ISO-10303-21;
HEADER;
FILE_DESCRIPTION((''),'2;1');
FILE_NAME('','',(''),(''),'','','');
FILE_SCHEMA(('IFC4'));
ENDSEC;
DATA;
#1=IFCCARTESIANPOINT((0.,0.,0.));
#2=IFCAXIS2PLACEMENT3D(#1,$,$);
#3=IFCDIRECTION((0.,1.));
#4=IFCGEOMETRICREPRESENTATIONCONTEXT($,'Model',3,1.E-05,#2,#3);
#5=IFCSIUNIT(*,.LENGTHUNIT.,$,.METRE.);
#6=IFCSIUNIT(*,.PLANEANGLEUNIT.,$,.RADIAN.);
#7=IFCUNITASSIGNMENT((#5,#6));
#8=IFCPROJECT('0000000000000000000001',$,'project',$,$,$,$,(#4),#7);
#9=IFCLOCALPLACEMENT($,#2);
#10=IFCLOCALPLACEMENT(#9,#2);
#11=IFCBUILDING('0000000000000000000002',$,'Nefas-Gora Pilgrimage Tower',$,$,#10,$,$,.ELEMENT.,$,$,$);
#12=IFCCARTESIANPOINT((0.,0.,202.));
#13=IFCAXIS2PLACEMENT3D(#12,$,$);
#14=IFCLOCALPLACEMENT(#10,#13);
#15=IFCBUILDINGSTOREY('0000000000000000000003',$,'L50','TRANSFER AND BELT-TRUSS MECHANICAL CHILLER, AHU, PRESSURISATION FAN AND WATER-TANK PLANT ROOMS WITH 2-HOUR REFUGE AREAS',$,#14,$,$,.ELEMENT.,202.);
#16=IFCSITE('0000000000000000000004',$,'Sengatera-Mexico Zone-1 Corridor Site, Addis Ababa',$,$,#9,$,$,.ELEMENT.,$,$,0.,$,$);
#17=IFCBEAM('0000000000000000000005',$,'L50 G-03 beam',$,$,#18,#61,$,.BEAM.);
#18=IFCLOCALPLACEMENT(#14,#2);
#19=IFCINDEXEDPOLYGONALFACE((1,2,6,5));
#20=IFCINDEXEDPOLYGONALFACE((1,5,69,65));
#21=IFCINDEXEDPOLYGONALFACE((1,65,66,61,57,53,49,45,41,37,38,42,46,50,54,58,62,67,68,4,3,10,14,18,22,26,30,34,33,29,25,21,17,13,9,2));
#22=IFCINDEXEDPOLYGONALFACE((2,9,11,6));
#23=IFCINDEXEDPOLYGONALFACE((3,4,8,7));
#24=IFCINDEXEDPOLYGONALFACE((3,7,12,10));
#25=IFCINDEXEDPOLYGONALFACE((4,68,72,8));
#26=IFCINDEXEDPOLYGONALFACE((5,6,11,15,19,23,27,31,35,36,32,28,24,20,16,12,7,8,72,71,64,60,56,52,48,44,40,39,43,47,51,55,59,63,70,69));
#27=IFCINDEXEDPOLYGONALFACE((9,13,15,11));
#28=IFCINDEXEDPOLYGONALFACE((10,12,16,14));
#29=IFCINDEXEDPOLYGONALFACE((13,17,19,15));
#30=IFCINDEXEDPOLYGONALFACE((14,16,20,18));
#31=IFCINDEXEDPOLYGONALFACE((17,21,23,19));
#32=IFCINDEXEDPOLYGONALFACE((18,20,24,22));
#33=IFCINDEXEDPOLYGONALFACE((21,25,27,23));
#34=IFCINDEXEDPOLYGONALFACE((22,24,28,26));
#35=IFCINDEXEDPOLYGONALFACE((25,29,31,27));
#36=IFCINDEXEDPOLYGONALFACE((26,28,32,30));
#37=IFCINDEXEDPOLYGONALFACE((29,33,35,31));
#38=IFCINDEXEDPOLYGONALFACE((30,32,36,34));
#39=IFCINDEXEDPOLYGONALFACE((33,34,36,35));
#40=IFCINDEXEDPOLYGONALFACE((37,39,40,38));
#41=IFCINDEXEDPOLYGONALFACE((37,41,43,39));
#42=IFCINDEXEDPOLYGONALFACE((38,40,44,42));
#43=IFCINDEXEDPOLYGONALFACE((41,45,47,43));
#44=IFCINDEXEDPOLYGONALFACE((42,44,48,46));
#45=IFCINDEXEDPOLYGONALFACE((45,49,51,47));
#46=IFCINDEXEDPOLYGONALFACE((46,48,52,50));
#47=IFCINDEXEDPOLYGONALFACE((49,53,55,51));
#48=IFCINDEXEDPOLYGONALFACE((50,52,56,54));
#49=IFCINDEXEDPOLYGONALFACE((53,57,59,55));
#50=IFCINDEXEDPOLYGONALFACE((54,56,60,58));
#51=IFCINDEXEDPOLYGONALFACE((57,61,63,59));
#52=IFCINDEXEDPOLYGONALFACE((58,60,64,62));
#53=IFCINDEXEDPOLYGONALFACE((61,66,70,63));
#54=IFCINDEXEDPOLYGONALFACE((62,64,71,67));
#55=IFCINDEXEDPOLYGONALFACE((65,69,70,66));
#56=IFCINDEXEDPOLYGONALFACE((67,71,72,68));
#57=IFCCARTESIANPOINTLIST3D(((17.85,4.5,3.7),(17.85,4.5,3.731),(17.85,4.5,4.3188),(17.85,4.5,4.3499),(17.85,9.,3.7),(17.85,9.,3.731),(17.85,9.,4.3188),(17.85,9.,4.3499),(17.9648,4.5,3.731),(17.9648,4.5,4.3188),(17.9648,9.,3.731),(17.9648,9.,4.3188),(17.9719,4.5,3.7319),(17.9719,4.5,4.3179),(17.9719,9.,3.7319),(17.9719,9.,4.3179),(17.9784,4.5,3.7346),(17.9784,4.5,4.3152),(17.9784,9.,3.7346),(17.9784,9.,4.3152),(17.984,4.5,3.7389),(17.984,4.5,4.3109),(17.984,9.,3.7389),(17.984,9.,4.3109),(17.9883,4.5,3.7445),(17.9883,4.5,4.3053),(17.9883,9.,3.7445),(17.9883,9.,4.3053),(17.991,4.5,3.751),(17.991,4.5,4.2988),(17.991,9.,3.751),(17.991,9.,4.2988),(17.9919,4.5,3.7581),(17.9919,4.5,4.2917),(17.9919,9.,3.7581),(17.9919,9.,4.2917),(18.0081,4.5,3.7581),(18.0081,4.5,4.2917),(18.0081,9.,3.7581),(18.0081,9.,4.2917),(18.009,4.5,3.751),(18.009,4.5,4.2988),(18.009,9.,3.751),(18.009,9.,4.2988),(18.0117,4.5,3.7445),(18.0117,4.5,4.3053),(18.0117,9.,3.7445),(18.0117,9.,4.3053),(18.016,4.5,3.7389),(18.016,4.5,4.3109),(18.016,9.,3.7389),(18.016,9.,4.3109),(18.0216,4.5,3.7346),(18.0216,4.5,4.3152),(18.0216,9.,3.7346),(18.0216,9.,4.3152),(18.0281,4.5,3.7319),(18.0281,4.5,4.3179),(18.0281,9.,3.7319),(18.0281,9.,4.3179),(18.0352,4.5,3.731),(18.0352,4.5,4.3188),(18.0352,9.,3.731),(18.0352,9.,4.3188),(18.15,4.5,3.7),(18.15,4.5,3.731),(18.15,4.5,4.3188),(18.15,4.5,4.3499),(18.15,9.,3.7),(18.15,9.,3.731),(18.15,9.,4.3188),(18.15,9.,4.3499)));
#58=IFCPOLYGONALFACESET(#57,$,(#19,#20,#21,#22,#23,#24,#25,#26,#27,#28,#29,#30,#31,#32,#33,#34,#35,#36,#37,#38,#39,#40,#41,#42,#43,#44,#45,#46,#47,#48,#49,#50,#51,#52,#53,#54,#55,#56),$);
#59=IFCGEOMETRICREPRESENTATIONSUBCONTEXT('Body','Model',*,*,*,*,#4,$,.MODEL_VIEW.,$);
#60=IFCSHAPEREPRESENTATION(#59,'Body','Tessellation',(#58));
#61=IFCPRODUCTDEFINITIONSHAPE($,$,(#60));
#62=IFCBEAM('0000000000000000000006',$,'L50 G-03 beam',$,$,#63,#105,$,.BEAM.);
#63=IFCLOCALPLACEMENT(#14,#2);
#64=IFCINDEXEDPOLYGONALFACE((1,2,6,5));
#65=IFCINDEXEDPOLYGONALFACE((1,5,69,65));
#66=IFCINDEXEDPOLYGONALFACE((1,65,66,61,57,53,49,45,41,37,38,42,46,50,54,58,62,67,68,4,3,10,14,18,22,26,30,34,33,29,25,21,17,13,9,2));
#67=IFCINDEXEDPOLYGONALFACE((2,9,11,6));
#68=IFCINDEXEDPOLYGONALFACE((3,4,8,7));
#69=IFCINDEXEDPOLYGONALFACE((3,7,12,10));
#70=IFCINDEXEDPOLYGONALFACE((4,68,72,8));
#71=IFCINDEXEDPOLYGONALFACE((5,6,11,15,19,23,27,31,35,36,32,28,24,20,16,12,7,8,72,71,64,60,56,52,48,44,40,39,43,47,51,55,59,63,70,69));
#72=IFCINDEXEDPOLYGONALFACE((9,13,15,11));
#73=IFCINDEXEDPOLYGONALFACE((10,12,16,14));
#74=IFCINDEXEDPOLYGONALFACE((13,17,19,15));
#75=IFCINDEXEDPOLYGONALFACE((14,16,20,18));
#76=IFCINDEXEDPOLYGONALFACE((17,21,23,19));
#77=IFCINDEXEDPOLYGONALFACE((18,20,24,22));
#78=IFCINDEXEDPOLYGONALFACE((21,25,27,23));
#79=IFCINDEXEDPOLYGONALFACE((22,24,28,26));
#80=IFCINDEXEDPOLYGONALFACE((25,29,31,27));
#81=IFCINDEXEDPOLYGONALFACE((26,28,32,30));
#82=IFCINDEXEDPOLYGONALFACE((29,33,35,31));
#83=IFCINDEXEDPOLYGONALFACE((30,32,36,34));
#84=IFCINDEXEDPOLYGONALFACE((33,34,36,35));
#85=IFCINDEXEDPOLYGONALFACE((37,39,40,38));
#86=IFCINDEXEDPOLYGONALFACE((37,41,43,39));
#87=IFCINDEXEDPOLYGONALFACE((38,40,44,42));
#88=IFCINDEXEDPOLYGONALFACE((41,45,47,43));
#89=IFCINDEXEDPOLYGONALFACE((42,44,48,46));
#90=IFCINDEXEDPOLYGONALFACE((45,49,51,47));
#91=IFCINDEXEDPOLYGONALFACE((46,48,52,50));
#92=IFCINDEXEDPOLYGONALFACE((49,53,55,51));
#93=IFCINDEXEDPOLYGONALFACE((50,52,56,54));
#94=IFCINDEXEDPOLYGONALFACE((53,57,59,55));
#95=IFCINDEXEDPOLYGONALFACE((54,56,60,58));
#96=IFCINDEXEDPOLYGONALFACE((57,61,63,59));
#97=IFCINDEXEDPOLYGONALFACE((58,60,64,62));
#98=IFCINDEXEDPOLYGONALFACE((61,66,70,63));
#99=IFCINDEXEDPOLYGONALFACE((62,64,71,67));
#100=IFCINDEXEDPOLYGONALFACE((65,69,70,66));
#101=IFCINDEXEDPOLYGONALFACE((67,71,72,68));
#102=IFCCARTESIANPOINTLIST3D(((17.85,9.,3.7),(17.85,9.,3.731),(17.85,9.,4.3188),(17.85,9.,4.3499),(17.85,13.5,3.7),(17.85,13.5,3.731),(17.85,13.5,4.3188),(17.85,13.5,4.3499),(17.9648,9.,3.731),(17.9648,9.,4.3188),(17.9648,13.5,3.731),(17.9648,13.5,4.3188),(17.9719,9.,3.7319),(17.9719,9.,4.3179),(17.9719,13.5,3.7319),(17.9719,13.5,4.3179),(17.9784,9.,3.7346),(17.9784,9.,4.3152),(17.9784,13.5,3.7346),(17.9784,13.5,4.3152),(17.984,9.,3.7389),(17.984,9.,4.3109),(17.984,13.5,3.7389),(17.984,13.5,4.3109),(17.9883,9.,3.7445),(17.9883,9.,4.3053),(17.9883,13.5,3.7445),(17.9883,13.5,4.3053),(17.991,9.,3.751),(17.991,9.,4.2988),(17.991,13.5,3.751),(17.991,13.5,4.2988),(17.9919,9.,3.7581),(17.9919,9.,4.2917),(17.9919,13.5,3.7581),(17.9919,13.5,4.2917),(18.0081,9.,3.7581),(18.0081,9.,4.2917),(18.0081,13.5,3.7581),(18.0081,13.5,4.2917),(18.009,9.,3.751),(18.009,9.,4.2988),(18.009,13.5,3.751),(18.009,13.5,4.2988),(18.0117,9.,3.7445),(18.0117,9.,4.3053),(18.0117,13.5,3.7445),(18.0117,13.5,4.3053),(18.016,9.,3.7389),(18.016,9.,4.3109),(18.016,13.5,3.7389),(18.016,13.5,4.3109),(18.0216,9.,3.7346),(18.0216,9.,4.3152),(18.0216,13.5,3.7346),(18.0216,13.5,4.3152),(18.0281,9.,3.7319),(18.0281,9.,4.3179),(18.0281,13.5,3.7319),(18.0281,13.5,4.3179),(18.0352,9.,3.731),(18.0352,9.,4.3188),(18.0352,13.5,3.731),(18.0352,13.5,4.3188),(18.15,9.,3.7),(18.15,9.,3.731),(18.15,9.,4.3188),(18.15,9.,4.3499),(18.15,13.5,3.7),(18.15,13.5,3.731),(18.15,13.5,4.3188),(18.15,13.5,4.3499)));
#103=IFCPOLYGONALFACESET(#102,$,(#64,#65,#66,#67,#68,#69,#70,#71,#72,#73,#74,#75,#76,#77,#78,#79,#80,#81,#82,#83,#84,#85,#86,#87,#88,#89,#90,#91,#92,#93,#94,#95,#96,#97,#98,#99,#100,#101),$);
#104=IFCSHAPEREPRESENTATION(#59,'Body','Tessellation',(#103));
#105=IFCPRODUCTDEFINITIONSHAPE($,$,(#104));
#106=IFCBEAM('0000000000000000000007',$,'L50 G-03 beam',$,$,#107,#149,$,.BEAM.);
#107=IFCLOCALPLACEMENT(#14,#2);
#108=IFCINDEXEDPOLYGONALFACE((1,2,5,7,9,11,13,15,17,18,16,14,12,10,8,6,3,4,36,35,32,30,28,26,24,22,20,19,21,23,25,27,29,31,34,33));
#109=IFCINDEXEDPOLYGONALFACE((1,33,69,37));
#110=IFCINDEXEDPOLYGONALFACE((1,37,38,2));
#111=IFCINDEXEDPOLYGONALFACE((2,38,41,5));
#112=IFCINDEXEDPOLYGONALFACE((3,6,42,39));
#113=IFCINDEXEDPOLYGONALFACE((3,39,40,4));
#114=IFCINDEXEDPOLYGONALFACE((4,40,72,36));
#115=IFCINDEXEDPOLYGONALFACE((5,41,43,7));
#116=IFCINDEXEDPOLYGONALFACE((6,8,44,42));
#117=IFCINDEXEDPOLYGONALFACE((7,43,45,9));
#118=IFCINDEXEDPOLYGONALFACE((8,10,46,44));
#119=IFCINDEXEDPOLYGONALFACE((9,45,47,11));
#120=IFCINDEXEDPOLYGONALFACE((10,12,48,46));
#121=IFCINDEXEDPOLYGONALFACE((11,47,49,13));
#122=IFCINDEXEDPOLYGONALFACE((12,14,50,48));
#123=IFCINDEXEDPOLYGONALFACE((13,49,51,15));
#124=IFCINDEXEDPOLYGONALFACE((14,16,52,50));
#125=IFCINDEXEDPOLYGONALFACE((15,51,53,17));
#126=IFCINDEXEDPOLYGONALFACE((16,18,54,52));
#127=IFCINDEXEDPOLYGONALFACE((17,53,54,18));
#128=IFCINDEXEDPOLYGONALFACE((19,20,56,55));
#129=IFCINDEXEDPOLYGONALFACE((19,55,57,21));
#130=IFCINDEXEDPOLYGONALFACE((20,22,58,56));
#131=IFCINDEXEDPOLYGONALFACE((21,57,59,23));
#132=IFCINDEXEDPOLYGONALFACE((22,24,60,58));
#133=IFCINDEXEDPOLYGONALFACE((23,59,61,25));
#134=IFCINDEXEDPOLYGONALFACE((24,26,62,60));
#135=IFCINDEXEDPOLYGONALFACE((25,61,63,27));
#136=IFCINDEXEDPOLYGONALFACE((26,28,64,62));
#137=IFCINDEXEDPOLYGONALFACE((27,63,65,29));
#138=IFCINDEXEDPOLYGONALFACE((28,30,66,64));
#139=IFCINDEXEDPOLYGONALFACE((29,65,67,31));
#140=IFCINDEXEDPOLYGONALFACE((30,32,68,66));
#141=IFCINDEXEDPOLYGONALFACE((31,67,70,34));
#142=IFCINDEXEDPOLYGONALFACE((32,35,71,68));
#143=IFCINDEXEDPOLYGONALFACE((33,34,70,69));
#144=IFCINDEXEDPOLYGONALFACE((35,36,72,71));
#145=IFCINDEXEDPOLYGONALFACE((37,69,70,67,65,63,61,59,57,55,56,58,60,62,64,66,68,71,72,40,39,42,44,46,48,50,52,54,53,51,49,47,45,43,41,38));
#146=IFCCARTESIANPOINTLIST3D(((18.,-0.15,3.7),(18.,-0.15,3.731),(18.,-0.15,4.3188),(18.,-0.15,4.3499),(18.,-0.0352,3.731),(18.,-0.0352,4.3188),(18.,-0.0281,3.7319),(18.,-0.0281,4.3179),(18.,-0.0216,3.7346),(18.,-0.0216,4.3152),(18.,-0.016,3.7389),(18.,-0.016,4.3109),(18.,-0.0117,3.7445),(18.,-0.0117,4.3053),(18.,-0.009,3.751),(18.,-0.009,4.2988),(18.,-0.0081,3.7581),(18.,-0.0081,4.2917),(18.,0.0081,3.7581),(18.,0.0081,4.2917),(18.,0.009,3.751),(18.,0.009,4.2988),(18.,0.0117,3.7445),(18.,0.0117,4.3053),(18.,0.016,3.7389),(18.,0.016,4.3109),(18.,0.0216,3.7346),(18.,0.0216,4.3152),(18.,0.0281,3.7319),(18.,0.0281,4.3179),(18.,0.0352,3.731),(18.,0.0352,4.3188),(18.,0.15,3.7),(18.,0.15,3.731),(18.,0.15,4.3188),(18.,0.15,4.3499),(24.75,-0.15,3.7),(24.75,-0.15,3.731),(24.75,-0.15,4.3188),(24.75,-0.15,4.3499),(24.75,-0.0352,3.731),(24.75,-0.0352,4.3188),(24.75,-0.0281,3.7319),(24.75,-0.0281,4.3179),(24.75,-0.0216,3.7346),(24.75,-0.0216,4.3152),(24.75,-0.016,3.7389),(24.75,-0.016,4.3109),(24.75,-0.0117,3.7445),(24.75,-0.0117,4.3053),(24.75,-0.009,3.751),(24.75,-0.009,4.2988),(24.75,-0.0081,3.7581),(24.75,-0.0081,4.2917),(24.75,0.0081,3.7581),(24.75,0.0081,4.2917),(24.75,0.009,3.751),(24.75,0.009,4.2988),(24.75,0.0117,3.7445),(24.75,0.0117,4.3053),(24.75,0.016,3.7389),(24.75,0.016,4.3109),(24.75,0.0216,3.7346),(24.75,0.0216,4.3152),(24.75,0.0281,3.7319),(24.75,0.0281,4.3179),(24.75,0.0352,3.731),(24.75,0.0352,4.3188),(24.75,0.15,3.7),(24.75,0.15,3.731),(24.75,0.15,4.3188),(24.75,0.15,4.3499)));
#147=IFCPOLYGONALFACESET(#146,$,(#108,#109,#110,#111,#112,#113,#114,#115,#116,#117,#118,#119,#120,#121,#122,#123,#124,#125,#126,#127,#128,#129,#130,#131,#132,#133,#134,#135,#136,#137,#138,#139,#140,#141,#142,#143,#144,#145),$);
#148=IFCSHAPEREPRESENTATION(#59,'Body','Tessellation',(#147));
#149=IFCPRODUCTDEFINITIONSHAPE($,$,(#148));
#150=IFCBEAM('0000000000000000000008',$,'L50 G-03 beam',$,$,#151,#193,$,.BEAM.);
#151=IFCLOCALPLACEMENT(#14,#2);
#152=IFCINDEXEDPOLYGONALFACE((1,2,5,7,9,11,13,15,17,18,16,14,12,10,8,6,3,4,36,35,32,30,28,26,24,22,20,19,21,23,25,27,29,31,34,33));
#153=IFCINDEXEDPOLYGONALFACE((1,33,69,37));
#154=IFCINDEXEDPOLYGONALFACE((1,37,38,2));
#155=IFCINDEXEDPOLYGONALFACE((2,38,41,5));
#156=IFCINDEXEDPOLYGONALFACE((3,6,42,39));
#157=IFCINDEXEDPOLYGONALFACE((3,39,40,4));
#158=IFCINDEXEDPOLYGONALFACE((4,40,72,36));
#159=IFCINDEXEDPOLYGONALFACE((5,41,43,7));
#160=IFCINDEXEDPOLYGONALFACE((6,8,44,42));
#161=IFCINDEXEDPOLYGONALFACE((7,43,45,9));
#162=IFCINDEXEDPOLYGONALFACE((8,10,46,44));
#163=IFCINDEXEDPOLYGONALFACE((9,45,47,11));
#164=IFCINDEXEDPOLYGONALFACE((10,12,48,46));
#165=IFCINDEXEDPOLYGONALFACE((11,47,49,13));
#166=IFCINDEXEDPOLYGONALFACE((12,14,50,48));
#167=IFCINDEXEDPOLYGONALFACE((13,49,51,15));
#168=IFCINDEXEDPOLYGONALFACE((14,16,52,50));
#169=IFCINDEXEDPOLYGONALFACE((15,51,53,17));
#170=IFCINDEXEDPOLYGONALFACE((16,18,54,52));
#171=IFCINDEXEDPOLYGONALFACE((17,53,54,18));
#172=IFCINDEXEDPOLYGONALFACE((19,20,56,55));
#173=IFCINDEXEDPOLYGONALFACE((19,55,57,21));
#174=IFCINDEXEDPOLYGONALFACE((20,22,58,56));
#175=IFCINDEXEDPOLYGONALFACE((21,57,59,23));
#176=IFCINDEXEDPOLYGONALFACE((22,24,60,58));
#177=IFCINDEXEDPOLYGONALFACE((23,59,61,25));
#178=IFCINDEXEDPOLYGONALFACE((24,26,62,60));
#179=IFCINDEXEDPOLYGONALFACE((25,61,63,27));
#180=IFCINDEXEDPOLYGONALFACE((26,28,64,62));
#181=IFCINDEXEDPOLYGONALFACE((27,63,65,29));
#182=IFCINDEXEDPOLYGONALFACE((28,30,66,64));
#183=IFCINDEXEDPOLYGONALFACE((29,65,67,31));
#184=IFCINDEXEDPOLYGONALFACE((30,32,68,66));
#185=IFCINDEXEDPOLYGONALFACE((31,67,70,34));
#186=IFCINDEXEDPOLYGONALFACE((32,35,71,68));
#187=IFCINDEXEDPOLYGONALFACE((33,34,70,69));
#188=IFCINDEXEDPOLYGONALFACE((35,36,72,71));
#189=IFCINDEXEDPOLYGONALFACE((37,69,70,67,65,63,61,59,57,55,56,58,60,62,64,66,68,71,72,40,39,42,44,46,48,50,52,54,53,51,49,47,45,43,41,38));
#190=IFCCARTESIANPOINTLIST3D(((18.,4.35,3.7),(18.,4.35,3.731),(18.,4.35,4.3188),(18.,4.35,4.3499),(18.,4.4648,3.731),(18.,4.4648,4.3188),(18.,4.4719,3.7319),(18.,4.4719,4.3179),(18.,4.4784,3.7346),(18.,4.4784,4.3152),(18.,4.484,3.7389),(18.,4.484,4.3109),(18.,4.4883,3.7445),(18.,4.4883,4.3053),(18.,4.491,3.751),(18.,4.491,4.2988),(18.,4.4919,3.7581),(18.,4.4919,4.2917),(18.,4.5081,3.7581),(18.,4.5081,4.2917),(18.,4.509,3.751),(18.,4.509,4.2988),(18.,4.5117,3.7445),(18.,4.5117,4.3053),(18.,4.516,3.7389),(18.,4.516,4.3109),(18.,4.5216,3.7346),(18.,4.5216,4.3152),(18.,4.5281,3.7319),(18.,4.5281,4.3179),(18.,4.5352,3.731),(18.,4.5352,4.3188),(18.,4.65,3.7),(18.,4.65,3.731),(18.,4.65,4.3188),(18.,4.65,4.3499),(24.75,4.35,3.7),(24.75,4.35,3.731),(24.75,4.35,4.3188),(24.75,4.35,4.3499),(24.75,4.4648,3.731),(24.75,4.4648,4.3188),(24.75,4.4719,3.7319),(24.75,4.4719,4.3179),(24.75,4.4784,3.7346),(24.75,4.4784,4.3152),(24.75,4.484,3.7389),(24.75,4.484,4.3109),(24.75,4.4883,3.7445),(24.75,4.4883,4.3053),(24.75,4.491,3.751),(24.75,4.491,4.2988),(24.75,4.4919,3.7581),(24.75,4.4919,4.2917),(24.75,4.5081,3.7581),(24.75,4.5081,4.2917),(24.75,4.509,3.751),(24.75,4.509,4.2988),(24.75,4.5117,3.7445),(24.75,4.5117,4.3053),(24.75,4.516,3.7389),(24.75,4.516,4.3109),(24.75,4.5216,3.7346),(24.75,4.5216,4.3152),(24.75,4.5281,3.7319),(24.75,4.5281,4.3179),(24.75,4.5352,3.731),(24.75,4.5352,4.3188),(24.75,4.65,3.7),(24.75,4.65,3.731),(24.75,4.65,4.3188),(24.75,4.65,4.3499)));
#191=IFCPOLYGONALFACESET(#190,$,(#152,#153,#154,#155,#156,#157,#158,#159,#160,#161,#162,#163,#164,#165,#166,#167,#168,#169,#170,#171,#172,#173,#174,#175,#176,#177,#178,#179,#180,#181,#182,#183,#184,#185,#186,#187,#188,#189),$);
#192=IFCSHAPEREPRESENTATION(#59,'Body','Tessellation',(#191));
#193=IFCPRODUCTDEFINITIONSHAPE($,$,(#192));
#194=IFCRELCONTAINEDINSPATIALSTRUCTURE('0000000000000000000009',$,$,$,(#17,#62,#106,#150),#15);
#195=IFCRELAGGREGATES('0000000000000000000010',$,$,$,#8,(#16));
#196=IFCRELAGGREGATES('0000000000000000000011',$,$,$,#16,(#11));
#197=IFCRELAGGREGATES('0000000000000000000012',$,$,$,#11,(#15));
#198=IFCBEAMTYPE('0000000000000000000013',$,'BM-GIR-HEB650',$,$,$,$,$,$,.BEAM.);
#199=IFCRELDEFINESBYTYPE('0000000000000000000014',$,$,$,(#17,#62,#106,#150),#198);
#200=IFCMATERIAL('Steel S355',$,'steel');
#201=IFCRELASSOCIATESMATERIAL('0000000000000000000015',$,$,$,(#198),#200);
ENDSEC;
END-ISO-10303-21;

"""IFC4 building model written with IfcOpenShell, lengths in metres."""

from ifc_helpers import new_model, si_unit, direction, frame, origin, origin_2d, place, context, subcontext, project, spatial, i_section, extrude, source, transform, mapped, material, material_profile, profile_set, type_object, element, save


model = new_model("IFC4")

# Units and contexts
model_context = context("Model", 3, precision=1e-05, world=origin(), true_north=direction((0.0, 1.0)))
body_context = subcontext(model_context, "Body", "Model", "MODEL_VIEW")
ifc_project = project(units=[si_unit("LENGTHUNIT", "METRE"), si_unit("PLANEANGLEUNIT", "RADIAN")], contexts=[model_context])

# Site, building, storey
site_placement = place(None, origin())
site = spatial("IfcSite", under=ifc_project, at=site_placement, Name="Sengatera-Mexico Zone-1 Corridor Site, Addis Ababa", CompositionType="ELEMENT", RefElevation=0.0)
building_placement = place(site_placement, origin())
building = spatial("IfcBuilding", under=site, at=building_placement, Name="Nefas-Gora Pilgrimage Tower", CompositionType="ELEMENT")
storey_placement = place(building_placement, frame((0.0, 0.0, 202.0)))
storey = spatial("IfcBuildingStorey", under=building, at=storey_placement, Name="L50", Description="TRANSFER AND BELT-TRUSS MECHANICAL CHILLER, AHU, PRESSURISATION FAN AND WATER-TANK PLANT ROOMS WITH 2-HOUR REFUGE AREAS", CompositionType="ELEMENT", Elevation=202.0)

# Beams
ifc_material_1 = material(Name="Steel S355", Category="steel")
ifc_material_profile_1 = material_profile(ifc_material_1, i_section(OverallWidth=0.3, OverallDepth=0.6499, WebThickness=0.0161, FlangeThickness=0.031, FilletRadius=0.0271, at=origin_2d()), Name="HEB 650")
ifc_profile_set_1 = profile_set([ifc_material_profile_1], Name="Steel S355")
beam_type_1 = type_object("IfcBeamType", Name="BM-GIR-HEB650", PredefinedType="BEAM", material=ifc_profile_set_1)
shared_shape_1 = source(origin(), body_context, "Body", "SweptSolid", [
    extrude(i_section(OverallWidth=0.3, OverallDepth=0.6499, WebThickness=0.0161, FlangeThickness=0.031, FilletRadius=0.0271, at=origin_2d()), origin(), (0.0, 0.0, 1.0), 4.5),
])
for number, where, z_axis, x_axis, name in (
    (1, (18.0, 4.5, 4.0249), (0.0, 1.0, 0.0), (-1.0, 0.0, 0.0), "L50 G-03 beam"),
    (2, (18.0, 9.0, 4.0249), (0.0, 1.0, 0.0), (-1.0, 0.0, 0.0), "L50 G-03 beam"),
):
    element("IfcBeam", number, at=place(storey_placement, frame(where, z_axis=z_axis, x_axis=x_axis)), inside=storey, type_object=beam_type_1, Name=name, PredefinedType="BEAM", context=body_context, shape_type="MappedRepresentation", body=[
        mapped(shared_shape_1, transform((0.0, 0.0, 0.0), x_axis=(1.0, 0.0, 0.0), y_axis=(0.0, 1.0, 0.0), z_axis=(0.0, 0.0, 1.0), scale=1.0)),
    ])
shared_shape_2 = source(origin(), body_context, "Body", "SweptSolid", [
    extrude(i_section(OverallWidth=0.3, OverallDepth=0.6499, WebThickness=0.0161, FlangeThickness=0.031, FilletRadius=0.0271, at=origin_2d()), origin(), (0.0, 0.0, 1.0), 6.75),
])
for number, where, z_axis, x_axis, name in (
    (3, (18.0, 0.0, 4.0249), (1.0, 0.0, 0.0), (0.0, 1.0, 0.0), "L50 G-03 beam"),
    (4, (18.0, 4.5, 4.0249), (1.0, 0.0, 0.0), (0.0, 1.0, 0.0), "L50 G-03 beam"),
):
    element("IfcBeam", number, at=place(storey_placement, frame(where, z_axis=z_axis, x_axis=x_axis)), inside=storey, type_object=beam_type_1, Name=name, PredefinedType="BEAM", context=body_context, shape_type="MappedRepresentation", body=[
        mapped(shared_shape_2, transform((0.0, 0.0, 0.0), x_axis=(1.0, 0.0, 0.0), y_axis=(0.0, 1.0, 0.0), z_axis=(0.0, 0.0, 1.0), scale=1.0)),
    ])

save(model, "model.ifc")
